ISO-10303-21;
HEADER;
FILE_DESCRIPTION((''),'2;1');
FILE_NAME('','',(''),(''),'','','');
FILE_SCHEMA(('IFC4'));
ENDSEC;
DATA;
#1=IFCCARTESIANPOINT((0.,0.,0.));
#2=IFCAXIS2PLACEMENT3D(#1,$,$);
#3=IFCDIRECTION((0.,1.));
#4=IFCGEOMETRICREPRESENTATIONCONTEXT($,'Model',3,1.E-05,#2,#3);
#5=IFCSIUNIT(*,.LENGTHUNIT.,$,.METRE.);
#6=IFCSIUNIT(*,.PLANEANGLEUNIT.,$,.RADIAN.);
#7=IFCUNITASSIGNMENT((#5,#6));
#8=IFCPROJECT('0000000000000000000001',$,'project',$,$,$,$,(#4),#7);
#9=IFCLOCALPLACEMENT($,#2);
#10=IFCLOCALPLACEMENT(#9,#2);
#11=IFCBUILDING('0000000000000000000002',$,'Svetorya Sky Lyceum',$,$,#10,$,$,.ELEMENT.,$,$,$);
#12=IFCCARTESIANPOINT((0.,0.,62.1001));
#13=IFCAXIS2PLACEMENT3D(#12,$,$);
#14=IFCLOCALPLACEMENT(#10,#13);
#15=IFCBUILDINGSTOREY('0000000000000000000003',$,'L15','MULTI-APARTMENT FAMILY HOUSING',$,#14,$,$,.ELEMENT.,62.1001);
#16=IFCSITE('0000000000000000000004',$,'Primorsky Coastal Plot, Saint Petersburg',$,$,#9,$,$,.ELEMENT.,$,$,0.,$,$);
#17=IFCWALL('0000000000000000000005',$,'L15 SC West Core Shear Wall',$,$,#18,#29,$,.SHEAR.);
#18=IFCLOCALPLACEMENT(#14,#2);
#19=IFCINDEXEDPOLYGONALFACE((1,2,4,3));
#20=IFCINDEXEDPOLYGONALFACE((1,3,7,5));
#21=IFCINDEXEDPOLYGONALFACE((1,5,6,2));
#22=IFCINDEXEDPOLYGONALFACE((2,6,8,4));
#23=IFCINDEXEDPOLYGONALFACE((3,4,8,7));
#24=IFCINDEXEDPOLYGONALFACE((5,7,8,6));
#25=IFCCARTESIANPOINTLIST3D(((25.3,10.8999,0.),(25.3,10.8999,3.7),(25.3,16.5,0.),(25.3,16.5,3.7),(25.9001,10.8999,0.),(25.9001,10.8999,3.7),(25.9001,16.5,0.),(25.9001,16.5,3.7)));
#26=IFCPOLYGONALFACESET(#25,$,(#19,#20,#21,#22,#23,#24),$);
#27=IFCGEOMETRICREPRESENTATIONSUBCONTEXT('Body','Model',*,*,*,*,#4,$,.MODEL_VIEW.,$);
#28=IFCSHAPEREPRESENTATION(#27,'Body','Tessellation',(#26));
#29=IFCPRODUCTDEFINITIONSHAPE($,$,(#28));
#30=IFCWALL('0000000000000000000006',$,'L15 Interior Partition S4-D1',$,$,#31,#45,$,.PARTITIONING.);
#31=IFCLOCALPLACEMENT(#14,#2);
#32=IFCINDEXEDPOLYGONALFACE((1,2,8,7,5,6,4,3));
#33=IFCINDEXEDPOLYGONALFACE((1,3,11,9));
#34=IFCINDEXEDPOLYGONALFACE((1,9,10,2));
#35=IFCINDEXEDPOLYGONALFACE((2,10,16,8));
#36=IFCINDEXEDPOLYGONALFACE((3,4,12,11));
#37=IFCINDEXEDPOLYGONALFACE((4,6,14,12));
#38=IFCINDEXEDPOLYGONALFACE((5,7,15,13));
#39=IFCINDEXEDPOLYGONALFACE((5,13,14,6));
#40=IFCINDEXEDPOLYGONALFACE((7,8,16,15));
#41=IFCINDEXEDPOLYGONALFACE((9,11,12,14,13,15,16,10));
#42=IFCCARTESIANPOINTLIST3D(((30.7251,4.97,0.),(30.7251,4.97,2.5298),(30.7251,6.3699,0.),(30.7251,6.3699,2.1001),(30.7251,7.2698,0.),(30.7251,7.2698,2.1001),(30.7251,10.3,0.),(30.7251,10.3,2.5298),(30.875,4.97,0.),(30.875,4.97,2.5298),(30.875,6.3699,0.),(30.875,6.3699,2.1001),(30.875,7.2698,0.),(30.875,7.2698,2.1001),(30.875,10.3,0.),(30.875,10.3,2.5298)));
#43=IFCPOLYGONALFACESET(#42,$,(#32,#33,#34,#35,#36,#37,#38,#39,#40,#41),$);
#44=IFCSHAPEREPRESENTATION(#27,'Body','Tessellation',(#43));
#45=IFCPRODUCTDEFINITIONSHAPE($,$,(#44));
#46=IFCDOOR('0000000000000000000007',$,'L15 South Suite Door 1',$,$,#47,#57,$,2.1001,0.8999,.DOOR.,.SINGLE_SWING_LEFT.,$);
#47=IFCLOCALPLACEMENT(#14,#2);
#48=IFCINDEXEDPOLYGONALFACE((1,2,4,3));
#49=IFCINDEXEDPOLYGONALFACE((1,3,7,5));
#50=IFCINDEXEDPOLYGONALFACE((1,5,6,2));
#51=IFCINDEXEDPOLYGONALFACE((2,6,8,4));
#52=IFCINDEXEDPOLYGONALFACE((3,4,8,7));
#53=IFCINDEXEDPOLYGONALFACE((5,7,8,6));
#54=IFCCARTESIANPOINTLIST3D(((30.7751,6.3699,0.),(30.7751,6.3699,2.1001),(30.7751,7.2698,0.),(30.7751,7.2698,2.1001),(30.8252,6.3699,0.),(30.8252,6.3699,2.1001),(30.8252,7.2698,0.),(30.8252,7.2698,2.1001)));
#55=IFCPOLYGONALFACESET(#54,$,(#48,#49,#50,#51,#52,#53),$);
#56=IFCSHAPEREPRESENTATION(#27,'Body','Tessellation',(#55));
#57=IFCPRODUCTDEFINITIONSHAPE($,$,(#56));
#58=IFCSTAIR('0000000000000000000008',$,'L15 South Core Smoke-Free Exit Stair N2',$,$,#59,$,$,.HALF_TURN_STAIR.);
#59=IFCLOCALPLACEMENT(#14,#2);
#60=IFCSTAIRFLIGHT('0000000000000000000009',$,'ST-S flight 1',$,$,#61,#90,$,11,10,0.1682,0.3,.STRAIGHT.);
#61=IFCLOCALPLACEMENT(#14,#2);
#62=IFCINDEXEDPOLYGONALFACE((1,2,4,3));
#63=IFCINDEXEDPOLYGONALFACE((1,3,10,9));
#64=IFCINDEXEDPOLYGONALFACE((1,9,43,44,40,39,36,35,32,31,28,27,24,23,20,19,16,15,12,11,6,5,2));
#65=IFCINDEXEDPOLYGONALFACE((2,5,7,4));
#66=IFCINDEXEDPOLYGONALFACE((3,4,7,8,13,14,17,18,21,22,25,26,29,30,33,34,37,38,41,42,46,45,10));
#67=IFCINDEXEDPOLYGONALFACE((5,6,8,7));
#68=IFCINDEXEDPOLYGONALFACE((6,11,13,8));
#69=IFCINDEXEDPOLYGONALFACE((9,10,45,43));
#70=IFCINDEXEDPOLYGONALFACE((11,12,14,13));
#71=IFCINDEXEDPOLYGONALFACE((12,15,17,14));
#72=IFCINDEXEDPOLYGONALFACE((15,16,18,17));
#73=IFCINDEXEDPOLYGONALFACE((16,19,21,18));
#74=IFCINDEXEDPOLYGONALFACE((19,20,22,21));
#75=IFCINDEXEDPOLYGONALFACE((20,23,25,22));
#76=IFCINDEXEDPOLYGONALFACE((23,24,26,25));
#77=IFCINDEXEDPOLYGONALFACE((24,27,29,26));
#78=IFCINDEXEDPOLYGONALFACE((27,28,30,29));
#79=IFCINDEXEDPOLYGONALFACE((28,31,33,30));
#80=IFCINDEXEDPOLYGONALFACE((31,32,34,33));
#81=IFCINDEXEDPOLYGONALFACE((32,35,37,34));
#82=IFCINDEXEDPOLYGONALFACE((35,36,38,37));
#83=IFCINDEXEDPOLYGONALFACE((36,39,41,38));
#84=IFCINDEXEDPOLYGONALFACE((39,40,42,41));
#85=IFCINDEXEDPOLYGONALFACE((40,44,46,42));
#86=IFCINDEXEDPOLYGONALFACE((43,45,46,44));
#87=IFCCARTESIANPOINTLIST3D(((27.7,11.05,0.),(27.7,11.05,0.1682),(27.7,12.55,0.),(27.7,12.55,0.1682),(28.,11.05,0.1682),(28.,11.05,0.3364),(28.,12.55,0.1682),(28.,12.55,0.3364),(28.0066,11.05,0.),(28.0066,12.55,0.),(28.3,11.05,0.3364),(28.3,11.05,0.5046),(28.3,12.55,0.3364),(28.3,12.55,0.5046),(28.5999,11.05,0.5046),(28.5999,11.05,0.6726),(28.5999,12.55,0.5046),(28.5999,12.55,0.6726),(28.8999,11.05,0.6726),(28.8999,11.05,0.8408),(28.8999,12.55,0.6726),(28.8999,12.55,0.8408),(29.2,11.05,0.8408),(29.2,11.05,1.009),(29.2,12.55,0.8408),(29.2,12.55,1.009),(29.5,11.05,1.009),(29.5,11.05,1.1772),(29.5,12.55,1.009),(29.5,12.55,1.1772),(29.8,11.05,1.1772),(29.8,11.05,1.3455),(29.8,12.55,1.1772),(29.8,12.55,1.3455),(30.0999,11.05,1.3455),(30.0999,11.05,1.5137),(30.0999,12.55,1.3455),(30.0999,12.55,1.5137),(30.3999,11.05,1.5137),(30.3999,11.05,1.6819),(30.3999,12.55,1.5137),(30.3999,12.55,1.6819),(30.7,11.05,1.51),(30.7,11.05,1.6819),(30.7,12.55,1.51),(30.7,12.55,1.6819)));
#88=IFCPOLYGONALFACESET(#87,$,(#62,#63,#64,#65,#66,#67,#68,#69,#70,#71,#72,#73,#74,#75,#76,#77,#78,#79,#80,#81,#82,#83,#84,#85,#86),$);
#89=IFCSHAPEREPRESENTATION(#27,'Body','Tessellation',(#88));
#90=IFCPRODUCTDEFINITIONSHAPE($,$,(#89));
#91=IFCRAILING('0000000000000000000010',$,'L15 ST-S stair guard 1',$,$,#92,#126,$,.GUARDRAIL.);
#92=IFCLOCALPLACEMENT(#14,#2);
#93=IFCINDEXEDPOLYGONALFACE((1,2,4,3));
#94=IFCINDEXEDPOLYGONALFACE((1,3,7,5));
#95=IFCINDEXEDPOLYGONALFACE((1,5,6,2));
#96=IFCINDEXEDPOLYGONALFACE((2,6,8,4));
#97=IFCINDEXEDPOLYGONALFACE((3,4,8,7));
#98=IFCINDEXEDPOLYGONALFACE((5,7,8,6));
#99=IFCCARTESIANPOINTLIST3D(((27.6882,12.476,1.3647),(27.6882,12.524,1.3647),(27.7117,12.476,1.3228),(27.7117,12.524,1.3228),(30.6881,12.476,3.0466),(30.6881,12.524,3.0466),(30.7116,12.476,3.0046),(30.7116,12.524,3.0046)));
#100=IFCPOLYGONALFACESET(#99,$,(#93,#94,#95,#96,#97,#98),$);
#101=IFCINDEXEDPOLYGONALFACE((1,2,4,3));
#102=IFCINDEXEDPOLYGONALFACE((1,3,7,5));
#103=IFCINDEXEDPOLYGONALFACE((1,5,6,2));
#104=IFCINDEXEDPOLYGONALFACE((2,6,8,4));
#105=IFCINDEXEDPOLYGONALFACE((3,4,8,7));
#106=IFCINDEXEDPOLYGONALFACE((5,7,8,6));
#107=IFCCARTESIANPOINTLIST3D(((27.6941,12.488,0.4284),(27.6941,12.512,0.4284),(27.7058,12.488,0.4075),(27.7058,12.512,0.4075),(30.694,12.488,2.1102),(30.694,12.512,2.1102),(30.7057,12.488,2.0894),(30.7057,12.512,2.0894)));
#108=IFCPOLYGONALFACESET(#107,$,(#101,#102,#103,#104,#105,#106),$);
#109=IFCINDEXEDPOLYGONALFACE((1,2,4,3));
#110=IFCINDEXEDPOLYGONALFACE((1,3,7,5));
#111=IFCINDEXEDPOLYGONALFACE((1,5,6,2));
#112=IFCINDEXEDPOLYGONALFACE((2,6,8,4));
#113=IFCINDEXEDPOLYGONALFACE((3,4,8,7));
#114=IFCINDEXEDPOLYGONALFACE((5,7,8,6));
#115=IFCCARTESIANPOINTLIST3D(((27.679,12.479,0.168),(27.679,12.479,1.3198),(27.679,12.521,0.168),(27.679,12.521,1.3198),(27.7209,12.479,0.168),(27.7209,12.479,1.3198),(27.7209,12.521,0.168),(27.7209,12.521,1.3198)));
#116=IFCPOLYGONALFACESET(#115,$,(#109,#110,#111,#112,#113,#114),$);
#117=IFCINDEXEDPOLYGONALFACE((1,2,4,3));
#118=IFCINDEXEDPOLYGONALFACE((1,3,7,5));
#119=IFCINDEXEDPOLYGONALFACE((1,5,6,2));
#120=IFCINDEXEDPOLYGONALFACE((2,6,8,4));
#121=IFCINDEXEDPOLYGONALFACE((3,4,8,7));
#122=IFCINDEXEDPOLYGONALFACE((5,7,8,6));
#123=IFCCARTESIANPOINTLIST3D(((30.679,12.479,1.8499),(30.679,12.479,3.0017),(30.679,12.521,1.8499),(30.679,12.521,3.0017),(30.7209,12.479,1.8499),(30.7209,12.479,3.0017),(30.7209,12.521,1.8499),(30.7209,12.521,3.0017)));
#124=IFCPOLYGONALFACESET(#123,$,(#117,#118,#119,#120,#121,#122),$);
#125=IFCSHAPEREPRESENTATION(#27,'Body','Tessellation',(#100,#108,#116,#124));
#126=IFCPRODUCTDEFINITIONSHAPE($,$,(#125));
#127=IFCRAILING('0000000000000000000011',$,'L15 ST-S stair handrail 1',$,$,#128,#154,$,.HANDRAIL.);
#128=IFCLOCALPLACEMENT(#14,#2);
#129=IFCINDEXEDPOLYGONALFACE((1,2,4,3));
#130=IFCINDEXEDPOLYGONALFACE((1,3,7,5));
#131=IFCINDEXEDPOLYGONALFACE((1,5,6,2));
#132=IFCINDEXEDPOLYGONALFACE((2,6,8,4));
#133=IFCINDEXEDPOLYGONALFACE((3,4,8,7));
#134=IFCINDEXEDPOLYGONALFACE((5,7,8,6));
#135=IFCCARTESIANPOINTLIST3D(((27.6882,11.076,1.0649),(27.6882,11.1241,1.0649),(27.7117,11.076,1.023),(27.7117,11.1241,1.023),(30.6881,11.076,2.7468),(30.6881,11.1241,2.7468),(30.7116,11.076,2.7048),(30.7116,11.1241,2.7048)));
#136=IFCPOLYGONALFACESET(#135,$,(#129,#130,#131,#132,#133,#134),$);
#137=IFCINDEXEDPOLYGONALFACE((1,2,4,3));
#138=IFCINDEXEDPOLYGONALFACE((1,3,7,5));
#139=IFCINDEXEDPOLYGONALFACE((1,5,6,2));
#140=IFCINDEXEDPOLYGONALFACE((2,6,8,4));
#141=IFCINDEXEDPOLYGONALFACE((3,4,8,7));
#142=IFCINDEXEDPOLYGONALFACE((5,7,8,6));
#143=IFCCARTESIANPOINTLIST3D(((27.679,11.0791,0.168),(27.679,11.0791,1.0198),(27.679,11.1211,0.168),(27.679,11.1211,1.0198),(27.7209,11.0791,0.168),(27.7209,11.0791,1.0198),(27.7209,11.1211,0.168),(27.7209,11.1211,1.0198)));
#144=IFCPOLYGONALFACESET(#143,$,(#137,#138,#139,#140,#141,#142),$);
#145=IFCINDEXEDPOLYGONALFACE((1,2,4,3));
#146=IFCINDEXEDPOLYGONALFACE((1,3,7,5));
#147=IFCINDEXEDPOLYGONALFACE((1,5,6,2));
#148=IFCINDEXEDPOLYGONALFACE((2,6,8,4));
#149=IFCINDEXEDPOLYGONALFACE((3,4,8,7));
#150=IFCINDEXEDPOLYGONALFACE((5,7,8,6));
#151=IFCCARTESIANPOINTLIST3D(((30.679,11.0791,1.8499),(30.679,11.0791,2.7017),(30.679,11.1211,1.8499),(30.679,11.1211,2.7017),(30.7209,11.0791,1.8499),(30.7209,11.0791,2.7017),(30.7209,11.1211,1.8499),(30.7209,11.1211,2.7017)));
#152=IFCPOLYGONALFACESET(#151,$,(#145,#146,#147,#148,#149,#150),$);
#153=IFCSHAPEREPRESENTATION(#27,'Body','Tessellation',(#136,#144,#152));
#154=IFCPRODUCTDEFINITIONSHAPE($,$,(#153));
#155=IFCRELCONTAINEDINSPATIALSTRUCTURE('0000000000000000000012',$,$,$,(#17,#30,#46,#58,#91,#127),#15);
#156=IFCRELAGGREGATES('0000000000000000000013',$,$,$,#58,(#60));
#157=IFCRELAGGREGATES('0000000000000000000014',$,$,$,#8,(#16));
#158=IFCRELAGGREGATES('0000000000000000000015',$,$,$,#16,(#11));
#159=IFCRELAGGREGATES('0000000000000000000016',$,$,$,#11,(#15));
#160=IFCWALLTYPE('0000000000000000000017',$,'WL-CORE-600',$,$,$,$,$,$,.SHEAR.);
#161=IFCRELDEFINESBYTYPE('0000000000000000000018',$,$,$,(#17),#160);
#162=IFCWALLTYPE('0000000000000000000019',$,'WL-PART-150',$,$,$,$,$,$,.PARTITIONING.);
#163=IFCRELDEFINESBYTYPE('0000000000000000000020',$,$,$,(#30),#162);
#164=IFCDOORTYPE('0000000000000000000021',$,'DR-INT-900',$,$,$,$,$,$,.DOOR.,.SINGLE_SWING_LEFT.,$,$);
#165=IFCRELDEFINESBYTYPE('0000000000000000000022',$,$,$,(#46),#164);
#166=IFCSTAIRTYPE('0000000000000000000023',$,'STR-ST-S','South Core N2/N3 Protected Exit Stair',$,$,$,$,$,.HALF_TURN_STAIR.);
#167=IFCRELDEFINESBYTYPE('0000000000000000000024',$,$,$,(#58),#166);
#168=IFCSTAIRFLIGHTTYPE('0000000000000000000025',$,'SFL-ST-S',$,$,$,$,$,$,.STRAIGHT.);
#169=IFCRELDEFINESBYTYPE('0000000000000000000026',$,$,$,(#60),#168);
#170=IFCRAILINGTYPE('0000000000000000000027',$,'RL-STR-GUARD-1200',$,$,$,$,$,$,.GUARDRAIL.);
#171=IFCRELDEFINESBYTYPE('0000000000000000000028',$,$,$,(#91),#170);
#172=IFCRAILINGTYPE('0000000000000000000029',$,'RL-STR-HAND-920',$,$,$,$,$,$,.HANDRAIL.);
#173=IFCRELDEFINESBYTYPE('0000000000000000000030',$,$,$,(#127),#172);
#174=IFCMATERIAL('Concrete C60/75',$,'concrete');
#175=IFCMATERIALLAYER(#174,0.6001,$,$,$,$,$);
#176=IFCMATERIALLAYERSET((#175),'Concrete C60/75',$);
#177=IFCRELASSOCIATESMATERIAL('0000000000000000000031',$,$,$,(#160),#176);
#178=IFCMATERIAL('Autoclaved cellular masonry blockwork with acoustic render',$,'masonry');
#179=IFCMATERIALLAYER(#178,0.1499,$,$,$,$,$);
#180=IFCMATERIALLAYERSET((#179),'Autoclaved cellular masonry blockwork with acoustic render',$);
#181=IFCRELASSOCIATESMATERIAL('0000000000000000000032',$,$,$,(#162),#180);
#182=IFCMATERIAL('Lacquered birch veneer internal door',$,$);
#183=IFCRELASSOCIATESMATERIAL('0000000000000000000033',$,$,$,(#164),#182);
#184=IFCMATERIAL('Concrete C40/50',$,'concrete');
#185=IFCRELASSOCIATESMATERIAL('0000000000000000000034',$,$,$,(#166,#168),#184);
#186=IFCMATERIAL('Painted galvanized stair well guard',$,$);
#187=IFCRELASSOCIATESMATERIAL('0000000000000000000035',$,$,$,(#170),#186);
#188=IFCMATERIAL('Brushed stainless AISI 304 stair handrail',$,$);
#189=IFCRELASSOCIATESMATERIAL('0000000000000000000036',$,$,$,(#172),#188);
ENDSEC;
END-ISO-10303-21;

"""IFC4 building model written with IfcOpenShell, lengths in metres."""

from ifc_helpers import new_model, si_unit, direction, frame, frame_2d, origin, origin_2d, place, context, subcontext, project, spatial, polyline, rectangle, outline, extrude, material, layer, layer_set, type_object, element, fill, aggregate, save


model = new_model("IFC4")

# Units and contexts
model_context = context("Model", 3, precision=1e-05, world=origin(), true_north=direction((0.0, 1.0)))
body_context = subcontext(model_context, "Body", "Model", "MODEL_VIEW")
ifc_project = project(units=[si_unit("LENGTHUNIT", "METRE"), si_unit("PLANEANGLEUNIT", "RADIAN")], contexts=[model_context])

# Site, building, storey
site_placement = place(None, origin())
site = spatial("IfcSite", under=ifc_project, at=site_placement, Name="Primorsky Coastal Plot, Saint Petersburg", CompositionType="ELEMENT", RefElevation=0.0)
building_placement = place(site_placement, origin())
building = spatial("IfcBuilding", under=site, at=building_placement, Name="Svetorya Sky Lyceum", CompositionType="ELEMENT")
storey_placement = place(building_placement, frame((0.0, 0.0, 62.1001)))
storey = spatial("IfcBuildingStorey", under=building, at=storey_placement, Name="L15", Description="MULTI-APARTMENT FAMILY HOUSING", CompositionType="ELEMENT", Elevation=62.1001)

# Shared definitions
ifc_material_1 = material(Name="Concrete C60/75", Category="concrete")

# Wall
ifc_material_2 = material(Name="Concrete C40/50", Category="concrete")
ifc_layer_1 = layer(ifc_material_1, 0.6001)
ifc_layer_set_1 = layer_set([ifc_layer_1], Name="Concrete C60/75")
wall_type_1 = type_object("IfcWallType", Name="WL-CORE-600", PredefinedType="SHEAR", material=ifc_layer_set_1)
wall_1_placement = place(storey_placement, frame((25.6001, 10.8999, 0.0), z_axis=(0.0, 0.0, 1.0), x_axis=(0.0, 1.0, 0.0)))
element("IfcWall", 1, at=wall_1_placement, inside=storey, type_object=wall_type_1, Name="L15 SC West Core Shear Wall", PredefinedType="SHEAR", context=body_context, shape_type="SweptSolid", body=[
    extrude(rectangle(XDim=5.6001, YDim=0.6001, at=frame_2d((2.8, 0.0))), origin(), (0.0, 0.0, 1.0), 3.7),
])

# Wall, opening, door
ifc_material_3 = material(Name="Autoclaved cellular masonry blockwork with acoustic render", Category="masonry")
ifc_layer_2 = layer(ifc_material_3, 0.1499)
ifc_layer_set_2 = layer_set([ifc_layer_2], Name="Autoclaved cellular masonry blockwork with acoustic render")
wall_type_2 = type_object("IfcWallType", Name="WL-PART-150", PredefinedType="PARTITIONING", material=ifc_layer_set_2)
wall_2_placement = place(storey_placement, frame((30.8, 4.97, 0.0), z_axis=(0.0, 0.0, 1.0), x_axis=(0.0, 1.0, 0.0)))
wall_2 = element("IfcWall", 2, at=wall_2_placement, inside=storey, type_object=wall_type_2, Name="L15 Interior Partition S4-D1", PredefinedType="PARTITIONING", context=body_context, shape_type="SweptSolid", body=[
    extrude(rectangle(XDim=5.3301, YDim=0.1499, at=frame_2d((2.665, 0.0))), origin(), (0.0, 0.0, 1.0), 2.5298),
])
opening_placement = place(wall_2_placement, frame((1.3999, 0.0, 0.0)))
opening = element("IfcOpeningElement", 3, at=opening_placement, cuts=wall_2, PredefinedType="OPENING", context=body_context, shape_type="SweptSolid", body=[
    extrude(rectangle(XDim=0.8999, YDim=2.1001, at=frame_2d((0.45, 1.05))), frame((0.0, 0.085, 0.0), z_axis=(0.0, -1.0, 0.0), x_axis=(1.0, 0.0, 0.0)), (0.0, 0.0, 1.0), 0.1699),
])
ifc_material_4 = material(Name="Lacquered birch veneer internal door")
door_type = type_object("IfcDoorType", Name="DR-INT-900", OperationType="SINGLE_SWING_LEFT", PredefinedType="DOOR", material=ifc_material_4)
door_placement = place(opening_placement, origin())
door = element("IfcDoor", 4, at=door_placement, inside=storey, type_object=door_type, Name="L15 South Suite Door 1", OperationType="SINGLE_SWING_LEFT", OverallHeight=2.1001, OverallWidth=0.8999, PredefinedType="DOOR", context=body_context, shape_type="SweptSolid", body=[
    extrude(rectangle(XDim=0.8999, YDim=2.1001, at=frame_2d((0.45, 1.05))), frame((0.0, 0.0249, 0.0), z_axis=(0.0, -1.0, 0.0), x_axis=(1.0, 0.0, 0.0)), (0.0, 0.0, 1.0), 0.05),
])
fill(opening, door)

# Stair, stair flight
stair_type = type_object("IfcStairType", Name="STR-ST-S", Description="South Core N2/N3 Protected Exit Stair", PredefinedType="HALF_TURN_STAIR", material=ifc_material_2)
stair_placement = place(storey_placement, origin())
stair = element("IfcStair", 5, at=stair_placement, inside=storey, type_object=stair_type, Name="L15 South Core Smoke-Free Exit Stair N2", PredefinedType="HALF_TURN_STAIR")
stair_flight_type = type_object("IfcStairFlightType", Name="SFL-ST-S", PredefinedType="STRAIGHT", material=ifc_material_2)
stair_flight_placement = place(storey_placement, frame((27.7, 11.8, 0.0), z_axis=(0.0, 0.0, 1.0), x_axis=(1.0, 0.0, 0.0)))
stair_flight = element("IfcStairFlight", 6, at=stair_flight_placement, type_object=stair_flight_type, Name="ST-S flight 1", NumberOfRisers=11, NumberOfTreads=10, PredefinedType="STRAIGHT", RiserHeight=0.1682, TreadLength=0.3, context=body_context, shape_type="SweptSolid", body=[
    extrude(outline(polyline([(0.0, 0.0), (0.0, 0.1682), (0.3, 0.1682), (0.3, 0.3364), (0.6001, 0.3364), (0.6001, 0.5046), (0.8999, 0.5046), (0.8999, 0.6726), (1.2, 0.6726), (1.2, 0.8408), (1.5, 0.8408), (1.5, 1.009), (1.8, 1.009), (1.8, 1.1772), (2.1001, 1.1772), (2.1001, 1.3455), (2.3999, 1.3455), (2.3999, 1.5137), (2.7, 1.5137), (2.7, 1.6819), (3.0, 1.6819), (3.0, 1.8501), (3.0, 1.51), (0.3066, 0.0), (0.0, 0.0)])), frame((0.0, 0.75, 0.0), z_axis=(0.0, -1.0, 0.0), x_axis=(1.0, 0.0, 0.0)), (0.0, 0.0, 1.0), 1.5),
])
aggregate(stair, [stair_flight])

# Railings
ifc_material_5 = material(Name="Painted galvanized stair well guard")
railing_type_1 = type_object("IfcRailingType", Name="RL-STR-GUARD-1200", PredefinedType="GUARDRAIL", material=ifc_material_5)
railing_1_placement = place(storey_placement, frame((27.7, 12.5, 0.168)))
element("IfcRailing", 7, at=railing_1_placement, inside=storey, type_object=railing_type_1, Name="L15 ST-S stair guard 1", PredefinedType="GUARDRAIL", context=body_context, shape_type="SweptSolid", body=[
    extrude(rectangle(XDim=0.0481, YDim=0.0481, at=origin_2d()), frame((0.0, 0.0, 1.1758), z_axis=(0.872272, 0.0, 0.48902), x_axis=(0.0, 1.0, 0.0)), (0.0, 0.0, 1.0), 3.4392),
    extrude(rectangle(XDim=0.0239, YDim=0.0239, at=origin_2d()), frame((0.0, 0.0, 0.25), z_axis=(0.872272, 0.0, 0.48902), x_axis=(0.0, 1.0, 0.0)), (0.0, 0.0, 1.0), 3.4392),
    extrude(rectangle(XDim=0.042, YDim=0.042, at=origin_2d()), origin(), (0.0, 0.0, 1.0), 1.1519),
    extrude(rectangle(XDim=0.042, YDim=0.042, at=origin_2d()), frame((3.0, 0.0, 1.6819)), (0.0, 0.0, 1.0), 1.1519),
])
ifc_material_6 = material(Name="Brushed stainless AISI 304 stair handrail")
railing_type_2 = type_object("IfcRailingType", Name="RL-STR-HAND-920", PredefinedType="HANDRAIL", material=ifc_material_6)
railing_2_placement = place(storey_placement, frame((27.7, 11.1001, 0.168)))
element("IfcRailing", 8, at=railing_2_placement, inside=storey, type_object=railing_type_2, Name="L15 ST-S stair handrail 1", PredefinedType="HANDRAIL", context=body_context, shape_type="SweptSolid", body=[
    extrude(rectangle(XDim=0.0481, YDim=0.0481, at=origin_2d()), frame((0.0, 0.0, 0.876), z_axis=(0.872272, 0.0, 0.48902), x_axis=(0.0, 1.0, 0.0)), (0.0, 0.0, 1.0), 3.4392),
    extrude(rectangle(XDim=0.042, YDim=0.042, at=origin_2d()), origin(), (0.0, 0.0, 1.0), 0.8518),
    extrude(rectangle(XDim=0.042, YDim=0.042, at=origin_2d()), frame((3.0, 0.0, 1.6819)), (0.0, 0.0, 1.0), 0.8518),
])

save(model, "model.ifc")
